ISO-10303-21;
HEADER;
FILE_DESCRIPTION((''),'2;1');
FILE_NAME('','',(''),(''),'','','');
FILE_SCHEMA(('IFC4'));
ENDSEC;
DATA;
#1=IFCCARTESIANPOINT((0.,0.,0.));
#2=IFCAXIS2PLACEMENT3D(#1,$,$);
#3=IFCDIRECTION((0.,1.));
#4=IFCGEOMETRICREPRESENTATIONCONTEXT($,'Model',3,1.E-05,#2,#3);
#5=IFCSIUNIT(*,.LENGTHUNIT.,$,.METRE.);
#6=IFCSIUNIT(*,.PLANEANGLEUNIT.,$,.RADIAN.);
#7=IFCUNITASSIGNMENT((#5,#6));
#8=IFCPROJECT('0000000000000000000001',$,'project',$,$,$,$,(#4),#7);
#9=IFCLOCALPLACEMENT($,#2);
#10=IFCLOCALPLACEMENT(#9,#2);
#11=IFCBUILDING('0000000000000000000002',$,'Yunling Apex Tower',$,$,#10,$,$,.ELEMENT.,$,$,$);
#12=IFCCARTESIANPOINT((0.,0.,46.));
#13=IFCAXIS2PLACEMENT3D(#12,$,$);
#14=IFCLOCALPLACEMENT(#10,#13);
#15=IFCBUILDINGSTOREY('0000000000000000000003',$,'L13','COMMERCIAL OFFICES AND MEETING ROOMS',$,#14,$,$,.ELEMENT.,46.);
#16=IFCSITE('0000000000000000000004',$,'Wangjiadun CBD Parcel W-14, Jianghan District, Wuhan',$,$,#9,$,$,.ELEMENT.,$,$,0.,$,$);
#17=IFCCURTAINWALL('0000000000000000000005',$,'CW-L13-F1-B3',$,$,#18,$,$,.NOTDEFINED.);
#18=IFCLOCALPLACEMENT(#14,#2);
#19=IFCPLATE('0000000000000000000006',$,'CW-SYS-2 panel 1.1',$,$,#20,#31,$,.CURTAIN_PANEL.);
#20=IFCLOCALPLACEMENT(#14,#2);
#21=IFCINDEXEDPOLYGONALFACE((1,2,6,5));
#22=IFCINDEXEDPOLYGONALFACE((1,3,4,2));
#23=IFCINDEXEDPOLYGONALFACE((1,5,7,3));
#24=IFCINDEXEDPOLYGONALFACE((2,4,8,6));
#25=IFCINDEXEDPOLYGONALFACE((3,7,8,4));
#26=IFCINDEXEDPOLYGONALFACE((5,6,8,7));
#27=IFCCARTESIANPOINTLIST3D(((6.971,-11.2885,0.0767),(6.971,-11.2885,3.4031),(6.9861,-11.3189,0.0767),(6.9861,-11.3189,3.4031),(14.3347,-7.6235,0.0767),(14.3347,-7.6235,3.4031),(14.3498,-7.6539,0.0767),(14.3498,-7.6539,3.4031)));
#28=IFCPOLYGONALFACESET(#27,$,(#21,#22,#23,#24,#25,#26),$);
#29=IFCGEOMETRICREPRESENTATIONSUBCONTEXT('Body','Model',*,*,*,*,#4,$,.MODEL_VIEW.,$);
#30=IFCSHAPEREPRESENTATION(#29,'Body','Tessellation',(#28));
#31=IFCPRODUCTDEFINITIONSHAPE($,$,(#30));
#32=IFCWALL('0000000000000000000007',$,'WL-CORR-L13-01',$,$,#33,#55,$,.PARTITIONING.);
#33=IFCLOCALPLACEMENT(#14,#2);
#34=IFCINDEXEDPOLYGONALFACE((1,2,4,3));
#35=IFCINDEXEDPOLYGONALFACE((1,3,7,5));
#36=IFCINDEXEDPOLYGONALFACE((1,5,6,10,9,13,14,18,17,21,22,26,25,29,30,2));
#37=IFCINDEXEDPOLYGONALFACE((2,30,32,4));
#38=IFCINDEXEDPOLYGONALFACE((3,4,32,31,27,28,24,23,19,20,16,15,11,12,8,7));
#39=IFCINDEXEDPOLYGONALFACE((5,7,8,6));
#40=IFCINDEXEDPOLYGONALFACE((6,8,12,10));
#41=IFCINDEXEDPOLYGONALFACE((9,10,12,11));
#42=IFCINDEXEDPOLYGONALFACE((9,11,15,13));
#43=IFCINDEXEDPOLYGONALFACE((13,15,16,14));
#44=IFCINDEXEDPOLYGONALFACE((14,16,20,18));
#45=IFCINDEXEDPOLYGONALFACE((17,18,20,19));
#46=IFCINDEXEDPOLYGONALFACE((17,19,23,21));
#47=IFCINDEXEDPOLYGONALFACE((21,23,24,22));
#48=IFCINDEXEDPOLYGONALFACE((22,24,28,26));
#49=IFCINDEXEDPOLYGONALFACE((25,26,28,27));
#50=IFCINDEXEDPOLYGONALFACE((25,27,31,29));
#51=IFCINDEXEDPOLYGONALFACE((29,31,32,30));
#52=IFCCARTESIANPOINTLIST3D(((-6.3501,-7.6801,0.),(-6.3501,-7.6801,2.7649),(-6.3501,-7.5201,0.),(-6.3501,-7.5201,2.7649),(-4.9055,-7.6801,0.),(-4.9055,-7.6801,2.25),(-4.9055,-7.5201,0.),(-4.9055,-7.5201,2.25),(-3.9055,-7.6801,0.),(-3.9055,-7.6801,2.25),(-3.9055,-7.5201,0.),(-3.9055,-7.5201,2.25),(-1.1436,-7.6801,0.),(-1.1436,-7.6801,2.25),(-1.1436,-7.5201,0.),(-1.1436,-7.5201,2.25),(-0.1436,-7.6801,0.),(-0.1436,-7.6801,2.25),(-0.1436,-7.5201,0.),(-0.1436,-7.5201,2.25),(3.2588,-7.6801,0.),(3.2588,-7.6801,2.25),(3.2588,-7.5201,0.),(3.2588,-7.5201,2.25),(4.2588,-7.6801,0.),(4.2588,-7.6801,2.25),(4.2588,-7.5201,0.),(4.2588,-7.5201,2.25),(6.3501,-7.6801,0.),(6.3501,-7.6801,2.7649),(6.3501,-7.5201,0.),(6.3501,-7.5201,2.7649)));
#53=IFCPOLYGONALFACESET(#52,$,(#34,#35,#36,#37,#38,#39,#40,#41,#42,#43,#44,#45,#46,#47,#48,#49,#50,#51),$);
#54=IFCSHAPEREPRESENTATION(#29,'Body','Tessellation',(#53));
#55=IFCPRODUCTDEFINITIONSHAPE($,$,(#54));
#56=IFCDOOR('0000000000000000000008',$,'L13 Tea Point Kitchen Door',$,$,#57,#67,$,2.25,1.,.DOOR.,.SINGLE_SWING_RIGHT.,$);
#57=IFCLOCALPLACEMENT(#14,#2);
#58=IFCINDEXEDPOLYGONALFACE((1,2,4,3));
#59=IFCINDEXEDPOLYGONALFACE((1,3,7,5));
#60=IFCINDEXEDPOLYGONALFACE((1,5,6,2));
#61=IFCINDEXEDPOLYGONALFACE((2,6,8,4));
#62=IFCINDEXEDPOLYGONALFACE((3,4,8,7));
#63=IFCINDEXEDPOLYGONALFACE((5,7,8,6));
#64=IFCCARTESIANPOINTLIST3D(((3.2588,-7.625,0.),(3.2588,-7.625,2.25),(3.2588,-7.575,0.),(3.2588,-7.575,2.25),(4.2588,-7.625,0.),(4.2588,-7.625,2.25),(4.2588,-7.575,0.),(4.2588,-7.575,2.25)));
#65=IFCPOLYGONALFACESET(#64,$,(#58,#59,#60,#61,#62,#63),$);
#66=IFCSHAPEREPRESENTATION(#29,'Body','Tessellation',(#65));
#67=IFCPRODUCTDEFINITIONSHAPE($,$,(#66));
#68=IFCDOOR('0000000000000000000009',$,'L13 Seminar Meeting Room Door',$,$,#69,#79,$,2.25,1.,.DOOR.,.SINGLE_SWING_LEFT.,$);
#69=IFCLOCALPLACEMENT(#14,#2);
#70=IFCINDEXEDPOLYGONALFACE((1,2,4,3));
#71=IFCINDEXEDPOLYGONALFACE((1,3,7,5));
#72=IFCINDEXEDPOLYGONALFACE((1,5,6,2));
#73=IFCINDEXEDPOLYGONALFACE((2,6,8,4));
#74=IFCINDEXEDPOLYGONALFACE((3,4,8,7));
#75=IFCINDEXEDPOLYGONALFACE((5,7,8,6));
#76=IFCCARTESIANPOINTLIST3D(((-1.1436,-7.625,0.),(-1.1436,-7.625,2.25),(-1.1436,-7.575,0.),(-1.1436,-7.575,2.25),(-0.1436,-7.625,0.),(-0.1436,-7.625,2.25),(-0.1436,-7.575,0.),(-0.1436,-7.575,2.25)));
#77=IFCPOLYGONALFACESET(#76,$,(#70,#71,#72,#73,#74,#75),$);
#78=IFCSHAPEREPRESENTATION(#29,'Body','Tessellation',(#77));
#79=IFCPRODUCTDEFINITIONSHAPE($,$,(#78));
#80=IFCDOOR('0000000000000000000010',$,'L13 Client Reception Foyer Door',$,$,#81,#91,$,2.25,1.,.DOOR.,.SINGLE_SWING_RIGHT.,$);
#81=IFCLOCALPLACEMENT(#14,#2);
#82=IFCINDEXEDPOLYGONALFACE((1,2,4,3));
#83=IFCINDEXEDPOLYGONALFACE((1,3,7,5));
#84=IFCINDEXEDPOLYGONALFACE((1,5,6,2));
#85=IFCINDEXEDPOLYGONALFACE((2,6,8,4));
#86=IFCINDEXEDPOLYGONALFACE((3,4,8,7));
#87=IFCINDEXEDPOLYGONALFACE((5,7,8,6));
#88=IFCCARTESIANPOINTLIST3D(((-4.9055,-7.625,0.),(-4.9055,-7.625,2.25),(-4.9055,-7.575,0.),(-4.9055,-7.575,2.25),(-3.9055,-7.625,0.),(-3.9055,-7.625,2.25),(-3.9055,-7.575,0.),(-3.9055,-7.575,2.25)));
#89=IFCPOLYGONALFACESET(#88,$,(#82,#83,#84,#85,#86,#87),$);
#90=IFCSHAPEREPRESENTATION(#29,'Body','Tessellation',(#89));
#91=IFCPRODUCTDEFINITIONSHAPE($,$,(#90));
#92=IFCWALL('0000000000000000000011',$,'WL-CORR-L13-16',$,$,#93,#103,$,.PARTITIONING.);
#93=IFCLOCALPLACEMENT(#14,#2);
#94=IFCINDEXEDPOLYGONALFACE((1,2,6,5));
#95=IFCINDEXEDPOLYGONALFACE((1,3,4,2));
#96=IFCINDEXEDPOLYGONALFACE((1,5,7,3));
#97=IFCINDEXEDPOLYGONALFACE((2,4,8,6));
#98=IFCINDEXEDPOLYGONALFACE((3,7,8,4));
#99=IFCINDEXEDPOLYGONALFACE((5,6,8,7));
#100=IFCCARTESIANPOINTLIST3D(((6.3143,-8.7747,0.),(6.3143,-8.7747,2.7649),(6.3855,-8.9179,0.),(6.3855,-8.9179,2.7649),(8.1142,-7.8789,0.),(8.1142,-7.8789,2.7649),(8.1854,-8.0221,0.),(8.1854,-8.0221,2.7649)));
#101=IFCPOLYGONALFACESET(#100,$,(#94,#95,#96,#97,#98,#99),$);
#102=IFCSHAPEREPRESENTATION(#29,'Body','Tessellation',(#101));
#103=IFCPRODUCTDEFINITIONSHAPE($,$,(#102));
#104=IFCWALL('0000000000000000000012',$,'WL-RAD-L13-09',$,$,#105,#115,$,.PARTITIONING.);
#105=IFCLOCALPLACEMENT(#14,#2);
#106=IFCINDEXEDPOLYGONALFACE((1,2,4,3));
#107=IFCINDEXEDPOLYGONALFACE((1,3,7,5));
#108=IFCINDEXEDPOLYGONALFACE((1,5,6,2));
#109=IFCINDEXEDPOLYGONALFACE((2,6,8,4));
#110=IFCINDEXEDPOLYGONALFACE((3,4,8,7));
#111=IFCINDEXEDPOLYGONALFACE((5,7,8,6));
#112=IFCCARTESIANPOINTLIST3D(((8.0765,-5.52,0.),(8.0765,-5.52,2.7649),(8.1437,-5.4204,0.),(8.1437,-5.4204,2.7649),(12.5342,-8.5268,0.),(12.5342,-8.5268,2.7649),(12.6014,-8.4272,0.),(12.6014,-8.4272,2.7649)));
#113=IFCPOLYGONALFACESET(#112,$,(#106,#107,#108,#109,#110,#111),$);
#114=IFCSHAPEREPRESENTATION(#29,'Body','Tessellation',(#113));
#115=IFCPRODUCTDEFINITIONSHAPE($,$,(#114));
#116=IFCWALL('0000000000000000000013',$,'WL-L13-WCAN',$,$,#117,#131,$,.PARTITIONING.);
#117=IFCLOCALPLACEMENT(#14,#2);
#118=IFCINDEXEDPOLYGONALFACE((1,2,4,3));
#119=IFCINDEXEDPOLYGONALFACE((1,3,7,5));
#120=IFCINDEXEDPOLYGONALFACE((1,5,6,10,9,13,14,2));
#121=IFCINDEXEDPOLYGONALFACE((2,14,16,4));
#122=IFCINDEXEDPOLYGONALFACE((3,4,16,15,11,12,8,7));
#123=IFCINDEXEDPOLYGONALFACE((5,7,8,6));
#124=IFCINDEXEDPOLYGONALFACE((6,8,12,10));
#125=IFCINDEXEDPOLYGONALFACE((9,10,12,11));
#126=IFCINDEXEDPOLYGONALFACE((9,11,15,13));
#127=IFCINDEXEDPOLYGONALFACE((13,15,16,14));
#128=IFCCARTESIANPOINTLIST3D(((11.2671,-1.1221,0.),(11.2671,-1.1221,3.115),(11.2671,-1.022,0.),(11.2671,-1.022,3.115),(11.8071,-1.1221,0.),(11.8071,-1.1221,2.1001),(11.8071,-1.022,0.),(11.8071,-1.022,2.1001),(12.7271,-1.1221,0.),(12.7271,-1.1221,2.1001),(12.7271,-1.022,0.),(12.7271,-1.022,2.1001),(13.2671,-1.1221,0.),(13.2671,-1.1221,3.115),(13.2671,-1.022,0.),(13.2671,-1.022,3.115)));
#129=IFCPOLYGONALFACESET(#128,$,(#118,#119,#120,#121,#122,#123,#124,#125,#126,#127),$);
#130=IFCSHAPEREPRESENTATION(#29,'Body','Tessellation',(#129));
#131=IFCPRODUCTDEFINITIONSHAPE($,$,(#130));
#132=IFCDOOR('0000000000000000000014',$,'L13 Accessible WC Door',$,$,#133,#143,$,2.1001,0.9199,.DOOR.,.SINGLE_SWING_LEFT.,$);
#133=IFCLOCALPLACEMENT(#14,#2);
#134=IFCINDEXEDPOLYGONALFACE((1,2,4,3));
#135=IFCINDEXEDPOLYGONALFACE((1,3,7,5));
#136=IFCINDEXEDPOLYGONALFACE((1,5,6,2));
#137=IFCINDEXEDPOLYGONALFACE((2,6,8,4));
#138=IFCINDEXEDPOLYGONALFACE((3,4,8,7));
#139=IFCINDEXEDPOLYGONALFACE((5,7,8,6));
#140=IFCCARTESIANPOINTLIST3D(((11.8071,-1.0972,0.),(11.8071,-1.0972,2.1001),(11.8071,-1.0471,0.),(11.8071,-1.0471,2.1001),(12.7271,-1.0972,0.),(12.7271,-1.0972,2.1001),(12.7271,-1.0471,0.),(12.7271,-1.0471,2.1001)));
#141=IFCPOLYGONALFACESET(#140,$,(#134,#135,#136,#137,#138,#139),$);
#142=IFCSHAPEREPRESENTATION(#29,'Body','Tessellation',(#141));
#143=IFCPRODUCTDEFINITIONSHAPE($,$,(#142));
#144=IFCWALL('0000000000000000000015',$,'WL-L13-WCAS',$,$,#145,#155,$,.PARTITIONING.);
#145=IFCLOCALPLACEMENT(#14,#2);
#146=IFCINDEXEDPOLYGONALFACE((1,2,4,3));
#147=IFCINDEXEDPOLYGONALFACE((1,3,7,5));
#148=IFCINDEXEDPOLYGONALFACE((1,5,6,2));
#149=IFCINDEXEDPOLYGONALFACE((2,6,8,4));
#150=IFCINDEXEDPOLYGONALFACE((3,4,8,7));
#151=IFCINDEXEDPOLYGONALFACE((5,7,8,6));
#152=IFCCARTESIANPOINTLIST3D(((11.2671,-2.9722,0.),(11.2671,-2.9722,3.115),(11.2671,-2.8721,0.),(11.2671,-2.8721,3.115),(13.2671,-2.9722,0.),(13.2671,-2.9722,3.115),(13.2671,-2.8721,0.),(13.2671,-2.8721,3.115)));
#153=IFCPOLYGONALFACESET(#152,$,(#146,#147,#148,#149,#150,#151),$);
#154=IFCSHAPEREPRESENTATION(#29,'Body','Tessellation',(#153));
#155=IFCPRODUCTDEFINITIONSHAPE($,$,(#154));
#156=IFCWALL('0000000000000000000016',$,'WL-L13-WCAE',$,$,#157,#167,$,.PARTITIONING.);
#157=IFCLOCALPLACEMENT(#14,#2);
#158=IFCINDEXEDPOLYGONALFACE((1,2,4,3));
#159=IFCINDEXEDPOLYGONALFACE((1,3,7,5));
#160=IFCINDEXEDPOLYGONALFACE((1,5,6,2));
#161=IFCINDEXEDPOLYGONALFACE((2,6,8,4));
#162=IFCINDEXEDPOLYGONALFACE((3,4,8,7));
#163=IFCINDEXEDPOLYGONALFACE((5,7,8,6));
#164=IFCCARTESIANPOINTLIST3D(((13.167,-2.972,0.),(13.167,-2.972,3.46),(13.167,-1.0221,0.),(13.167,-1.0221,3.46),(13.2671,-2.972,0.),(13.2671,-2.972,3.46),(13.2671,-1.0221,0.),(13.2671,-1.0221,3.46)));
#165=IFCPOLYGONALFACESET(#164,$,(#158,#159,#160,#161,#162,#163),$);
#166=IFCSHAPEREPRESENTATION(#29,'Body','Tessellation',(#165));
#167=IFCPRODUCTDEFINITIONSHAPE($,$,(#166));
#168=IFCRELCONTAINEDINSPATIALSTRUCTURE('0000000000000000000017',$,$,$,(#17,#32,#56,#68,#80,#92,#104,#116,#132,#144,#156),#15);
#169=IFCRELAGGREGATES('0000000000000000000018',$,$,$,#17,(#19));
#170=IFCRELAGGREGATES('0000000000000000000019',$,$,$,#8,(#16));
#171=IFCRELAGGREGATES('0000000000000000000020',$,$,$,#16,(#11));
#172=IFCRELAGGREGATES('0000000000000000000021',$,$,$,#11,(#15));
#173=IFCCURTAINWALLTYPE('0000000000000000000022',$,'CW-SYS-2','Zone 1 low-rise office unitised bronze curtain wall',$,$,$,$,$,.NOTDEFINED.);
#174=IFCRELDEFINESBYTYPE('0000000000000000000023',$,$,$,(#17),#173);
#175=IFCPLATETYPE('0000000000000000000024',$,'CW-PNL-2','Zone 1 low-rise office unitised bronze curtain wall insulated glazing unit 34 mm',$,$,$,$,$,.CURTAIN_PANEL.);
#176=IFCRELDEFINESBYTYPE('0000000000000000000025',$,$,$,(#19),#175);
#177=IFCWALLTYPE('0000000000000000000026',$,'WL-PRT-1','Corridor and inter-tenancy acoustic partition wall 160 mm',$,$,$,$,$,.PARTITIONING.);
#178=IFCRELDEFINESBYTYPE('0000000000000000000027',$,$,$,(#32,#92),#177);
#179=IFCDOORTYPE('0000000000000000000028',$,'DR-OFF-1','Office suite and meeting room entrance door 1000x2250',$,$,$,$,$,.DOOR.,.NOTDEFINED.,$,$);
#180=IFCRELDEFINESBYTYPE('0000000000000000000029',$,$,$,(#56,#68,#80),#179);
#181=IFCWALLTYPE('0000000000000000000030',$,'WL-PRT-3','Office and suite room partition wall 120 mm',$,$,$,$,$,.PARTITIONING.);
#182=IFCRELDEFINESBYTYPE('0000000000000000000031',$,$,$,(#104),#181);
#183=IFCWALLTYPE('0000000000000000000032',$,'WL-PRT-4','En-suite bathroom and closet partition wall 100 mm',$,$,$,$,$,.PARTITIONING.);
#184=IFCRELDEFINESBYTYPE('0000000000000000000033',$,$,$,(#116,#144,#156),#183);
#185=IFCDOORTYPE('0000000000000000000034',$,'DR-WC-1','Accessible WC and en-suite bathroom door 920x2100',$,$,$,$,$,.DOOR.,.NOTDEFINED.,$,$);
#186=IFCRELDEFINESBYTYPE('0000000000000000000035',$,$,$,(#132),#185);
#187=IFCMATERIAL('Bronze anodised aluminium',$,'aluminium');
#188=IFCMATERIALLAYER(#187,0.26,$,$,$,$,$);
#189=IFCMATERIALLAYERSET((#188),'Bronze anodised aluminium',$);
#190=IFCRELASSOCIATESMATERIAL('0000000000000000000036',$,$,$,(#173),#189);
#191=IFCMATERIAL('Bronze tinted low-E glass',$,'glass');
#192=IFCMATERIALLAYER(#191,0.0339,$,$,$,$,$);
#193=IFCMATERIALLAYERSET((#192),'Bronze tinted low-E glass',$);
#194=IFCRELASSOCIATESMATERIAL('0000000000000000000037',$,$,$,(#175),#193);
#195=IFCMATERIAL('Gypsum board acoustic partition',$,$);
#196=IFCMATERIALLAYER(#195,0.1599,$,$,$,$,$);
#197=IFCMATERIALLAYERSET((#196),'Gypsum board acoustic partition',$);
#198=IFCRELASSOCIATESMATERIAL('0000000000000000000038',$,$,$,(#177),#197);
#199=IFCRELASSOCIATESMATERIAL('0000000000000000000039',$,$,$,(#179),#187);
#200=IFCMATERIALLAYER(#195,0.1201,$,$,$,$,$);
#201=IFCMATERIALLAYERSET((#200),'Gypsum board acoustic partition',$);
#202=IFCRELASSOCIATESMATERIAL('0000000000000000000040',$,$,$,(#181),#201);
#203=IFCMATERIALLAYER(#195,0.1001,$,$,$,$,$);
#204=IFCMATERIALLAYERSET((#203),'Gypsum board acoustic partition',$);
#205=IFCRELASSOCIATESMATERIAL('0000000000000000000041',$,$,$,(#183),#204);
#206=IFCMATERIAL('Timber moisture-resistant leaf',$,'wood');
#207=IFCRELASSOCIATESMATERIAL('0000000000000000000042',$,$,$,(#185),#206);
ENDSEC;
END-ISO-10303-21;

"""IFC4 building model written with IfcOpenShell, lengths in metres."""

from ifc_helpers import new_model, si_unit, direction, frame, frame_2d, origin, origin_2d, place, context, subcontext, project, spatial, rectangle, extrude, source, transform, mapped, material, layer, layer_set, type_object, element, fill, aggregate, save


model = new_model("IFC4")

# Units and contexts
model_context = context("Model", 3, precision=1e-05, world=origin(), true_north=direction((0.0, 1.0)))
body_context = subcontext(model_context, "Body", "Model", "MODEL_VIEW")
ifc_project = project(units=[si_unit("LENGTHUNIT", "METRE"), si_unit("PLANEANGLEUNIT", "RADIAN")], contexts=[model_context])

# Site, building, storey
site_placement = place(None, origin())
site = spatial("IfcSite", under=ifc_project, at=site_placement, Name="Wangjiadun CBD Parcel W-14, Jianghan District, Wuhan", CompositionType="ELEMENT", RefElevation=0.0)
building_placement = place(site_placement, origin())
building = spatial("IfcBuilding", under=site, at=building_placement, Name="Yunling Apex Tower", CompositionType="ELEMENT")
storey_placement = place(building_placement, frame((0.0, 0.0, 46.0)))
storey = spatial("IfcBuildingStorey", under=building, at=storey_placement, Name="L13", Description="COMMERCIAL OFFICES AND MEETING ROOMS", CompositionType="ELEMENT", Elevation=46.0)

# Curtain wall, plate
ifc_material_1 = material(Name="Bronze anodised aluminium", Category="aluminium")
ifc_layer_1 = layer(ifc_material_1, 0.26)
ifc_layer_set_1 = layer_set([ifc_layer_1], Name="Bronze anodised aluminium")
curtain_wall_type = type_object("IfcCurtainWallType", Name="CW-SYS-2", Description="Zone 1 low-rise office unitised bronze curtain wall", PredefinedType="NOTDEFINED", material=ifc_layer_set_1)
curtain_wall_placement = place(storey_placement, origin())
curtain_wall = element("IfcCurtainWall", 1, at=curtain_wall_placement, inside=storey, type_object=curtain_wall_type, Name="CW-L13-F1-B3", PredefinedType="NOTDEFINED")
ifc_material_2 = material(Name="Bronze tinted low-E glass", Category="glass")
ifc_layer_2 = layer(ifc_material_2, 0.0339)
ifc_layer_set_2 = layer_set([ifc_layer_2], Name="Bronze tinted low-E glass")
plate_type = type_object("IfcPlateType", Name="CW-PNL-2", Description="Zone 1 low-rise office unitised bronze curtain wall insulated glazing unit 34 mm", PredefinedType="CURTAIN_PANEL", material=ifc_layer_set_2)
shared_shape_1 = source(origin(), body_context, "Body", "SweptSolid", [
    extrude(rectangle(XDim=8.2253, YDim=0.0339, at=origin_2d()), origin(), (0.0, 0.0, 1.0), 3.3264),
])
plate_placement = place(storey_placement, frame((10.6604, -9.4712, 0.0767), z_axis=(0.0, 0.0, 1.0), x_axis=(0.895247, 0.445571, 0.0)))
plate = element("IfcPlate", 2, at=plate_placement, type_object=plate_type, Name="CW-SYS-2 panel 1.1", PredefinedType="CURTAIN_PANEL", context=body_context, shape_type="MappedRepresentation", body=[
    mapped(shared_shape_1, transform((0.0, 0.0, 0.0), scale=1.0)),
])
aggregate(curtain_wall, [plate])

# Wall, openings, doors
ifc_material_3 = material(Name="Gypsum board acoustic partition")
ifc_layer_3 = layer(ifc_material_3, 0.1599)
ifc_layer_set_3 = layer_set([ifc_layer_3], Name="Gypsum board acoustic partition")
wall_type_1 = type_object("IfcWallType", Name="WL-PRT-1", Description="Corridor and inter-tenancy acoustic partition wall 160 mm", PredefinedType="PARTITIONING", material=ifc_layer_set_3)
wall_1_placement = place(storey_placement, frame((6.3501, -7.6001, 0.0), z_axis=(0.0, 0.0, 1.0), x_axis=(-1.0, 0.0, 0.0)))
wall_1 = element("IfcWall", 3, at=wall_1_placement, inside=storey, type_object=wall_type_1, Name="WL-CORR-L13-01", PredefinedType="PARTITIONING", context=body_context, shape_type="SweptSolid", body=[
    extrude(rectangle(XDim=12.7002, YDim=0.1599, at=frame_2d((6.3501, 0.0))), origin(), (0.0, 0.0, 1.0), 2.7649),
])
opening_1_placement = place(wall_1_placement, frame((2.0913, 0.0, 0.0)))
opening_1 = element("IfcOpeningElement", 4, at=opening_1_placement, cuts=wall_1, PredefinedType="OPENING", context=body_context, shape_type="SweptSolid", body=[
    extrude(rectangle(XDim=1.0, YDim=2.25, at=frame_2d((0.5, 1.125))), frame((0.0, 0.0898, 0.0), z_axis=(0.0, -1.0, 0.0), x_axis=(1.0, 0.0, 0.0)), (0.0, 0.0, 1.0), 0.1799),
])
opening_2_placement = place(wall_1_placement, frame((6.4937, 0.0, 0.0)))
opening_2 = element("IfcOpeningElement", 5, at=opening_2_placement, cuts=wall_1, PredefinedType="OPENING", context=body_context, shape_type="SweptSolid", body=[
    extrude(rectangle(XDim=1.0, YDim=2.25, at=frame_2d((0.5, 1.125))), frame((0.0, 0.0898, 0.0), z_axis=(0.0, -1.0, 0.0), x_axis=(1.0, 0.0, 0.0)), (0.0, 0.0, 1.0), 0.1799),
])
opening_3_placement = place(wall_1_placement, frame((10.2556, 0.0, 0.0)))
opening_3 = element("IfcOpeningElement", 6, at=opening_3_placement, cuts=wall_1, PredefinedType="OPENING", context=body_context, shape_type="SweptSolid", body=[
    extrude(rectangle(XDim=1.0, YDim=2.25, at=frame_2d((0.5, 1.125))), frame((0.0, 0.0898, 0.0), z_axis=(0.0, -1.0, 0.0), x_axis=(1.0, 0.0, 0.0)), (0.0, 0.0, 1.0), 0.1799),
])
door_type_1 = type_object("IfcDoorType", Name="DR-OFF-1", Description="Office suite and meeting room entrance door 1000x2250", OperationType="NOTDEFINED", PredefinedType="DOOR", material=ifc_material_1)
door_1_placement = place(opening_1_placement, origin())
door_1 = element("IfcDoor", 7, at=door_1_placement, inside=storey, type_object=door_type_1, Name="L13 Tea Point Kitchen Door", OperationType="SINGLE_SWING_RIGHT", OverallHeight=2.25, OverallWidth=1.0, PredefinedType="DOOR", context=body_context, shape_type="SweptSolid", body=[
    extrude(rectangle(XDim=1.0, YDim=2.25, at=frame_2d((0.5, 1.125))), frame((0.0, 0.0249, 0.0), z_axis=(0.0, -1.0, 0.0), x_axis=(1.0, 0.0, 0.0)), (0.0, 0.0, 1.0), 0.05),
])
fill(opening_1, door_1)
door_2_placement = place(opening_2_placement, origin())
door_2 = element("IfcDoor", 8, at=door_2_placement, inside=storey, type_object=door_type_1, Name="L13 Seminar Meeting Room Door", OperationType="SINGLE_SWING_LEFT", OverallHeight=2.25, OverallWidth=1.0, PredefinedType="DOOR", context=body_context, shape_type="SweptSolid", body=[
    extrude(rectangle(XDim=1.0, YDim=2.25, at=frame_2d((0.5, 1.125))), frame((0.0, 0.0249, 0.0), z_axis=(0.0, -1.0, 0.0), x_axis=(1.0, 0.0, 0.0)), (0.0, 0.0, 1.0), 0.05),
])
fill(opening_2, door_2)
door_3_placement = place(opening_3_placement, origin())
door_3 = element("IfcDoor", 9, at=door_3_placement, inside=storey, type_object=door_type_1, Name="L13 Client Reception Foyer Door", OperationType="SINGLE_SWING_RIGHT", OverallHeight=2.25, OverallWidth=1.0, PredefinedType="DOOR", context=body_context, shape_type="SweptSolid", body=[
    extrude(rectangle(XDim=1.0, YDim=2.25, at=frame_2d((0.5, 1.125))), frame((0.0, 0.0249, 0.0), z_axis=(0.0, -1.0, 0.0), x_axis=(1.0, 0.0, 0.0)), (0.0, 0.0, 1.0), 0.05),
])
fill(opening_3, door_3)

# Walls
wall_2_placement = place(storey_placement, frame((8.1499, -7.9504, 0.0), z_axis=(0.0, 0.0, 1.0), x_axis=(-0.895251, -0.445561, 0.0)))
element("IfcWall", 10, at=wall_2_placement, inside=storey, type_object=wall_type_1, Name="WL-CORR-L13-16", PredefinedType="PARTITIONING", context=body_context, shape_type="SweptSolid", body=[
    extrude(rectangle(XDim=2.0105, YDim=0.1599, at=frame_2d((1.0054, 0.0))), origin(), (0.0, 0.0, 1.0), 2.7649),
])
ifc_layer_4 = layer(ifc_material_3, 0.1201)
ifc_layer_set_4 = layer_set([ifc_layer_4], Name="Gypsum board acoustic partition")
wall_type_2 = type_object("IfcWallType", Name="WL-PRT-3", Description="Office and suite room partition wall 120 mm", PredefinedType="PARTITIONING", material=ifc_layer_set_4)
wall_3_placement = place(storey_placement, frame((8.1101, -5.4702, 0.0), z_axis=(0.0, 0.0, 1.0), x_axis=(0.829034, -0.559198, 0.0)))
element("IfcWall", 11, at=wall_3_placement, inside=storey, type_object=wall_type_2, Name="WL-RAD-L13-09", PredefinedType="PARTITIONING", context=body_context, shape_type="SweptSolid", body=[
    extrude(rectangle(XDim=5.377, YDim=0.1201, at=frame_2d((2.6885, 0.0))), origin(), (0.0, 0.0, 1.0), 2.7649),
])

# Wall, opening, door
ifc_layer_5 = layer(ifc_material_3, 0.1001)
ifc_layer_set_5 = layer_set([ifc_layer_5], Name="Gypsum board acoustic partition")
wall_type_3 = type_object("IfcWallType", Name="WL-PRT-4", Description="En-suite bathroom and closet partition wall 100 mm", PredefinedType="PARTITIONING", material=ifc_layer_set_5)
wall_4_placement = place(storey_placement, frame((11.2671, -1.072, 0.0), z_axis=(0.0, 0.0, 1.0), x_axis=(1.0, 0.0, 0.0)))
wall_4 = element("IfcWall", 12, at=wall_4_placement, inside=storey, type_object=wall_type_3, Name="WL-L13-WCAN", PredefinedType="PARTITIONING", context=body_context, shape_type="SweptSolid", body=[
    extrude(rectangle(XDim=2.0, YDim=0.1001, at=frame_2d((1.0, 0.0))), origin(), (0.0, 0.0, 1.0), 3.115),
])
opening_4_placement = place(wall_4_placement, frame((0.54, 0.0, 0.0)))
opening_4 = element("IfcOpeningElement", 13, at=opening_4_placement, cuts=wall_4, PredefinedType="OPENING", context=body_context, shape_type="SweptSolid", body=[
    extrude(rectangle(XDim=0.9199, YDim=2.1001, at=frame_2d((0.46, 1.05))), frame((0.0, 0.0601, 0.0), z_axis=(0.0, -1.0, 0.0), x_axis=(1.0, 0.0, 0.0)), (0.0, 0.0, 1.0), 0.1201),
])
ifc_material_4 = material(Name="Timber moisture-resistant leaf", Category="wood")
door_type_2 = type_object("IfcDoorType", Name="DR-WC-1", Description="Accessible WC and en-suite bathroom door 920x2100", OperationType="NOTDEFINED", PredefinedType="DOOR", material=ifc_material_4)
door_4_placement = place(opening_4_placement, origin())
door_4 = element("IfcDoor", 14, at=door_4_placement, inside=storey, type_object=door_type_2, Name="L13 Accessible WC Door", OperationType="SINGLE_SWING_LEFT", OverallHeight=2.1001, OverallWidth=0.9199, PredefinedType="DOOR", context=body_context, shape_type="SweptSolid", body=[
    extrude(rectangle(XDim=0.9199, YDim=2.1001, at=frame_2d((0.46, 1.05))), frame((0.0, 0.0249, 0.0), z_axis=(0.0, -1.0, 0.0), x_axis=(1.0, 0.0, 0.0)), (0.0, 0.0, 1.0), 0.05),
])
fill(opening_4, door_4)

# Walls
wall_5_placement = place(storey_placement, frame((13.2671, -2.9221, 0.0), z_axis=(0.0, 0.0, 1.0), x_axis=(-1.0, 0.0, 0.0)))
element("IfcWall", 15, at=wall_5_placement, inside=storey, type_object=wall_type_3, Name="WL-L13-WCAS", PredefinedType="PARTITIONING", context=body_context, shape_type="SweptSolid", body=[
    extrude(rectangle(XDim=2.0, YDim=0.1001, at=frame_2d((1.0, 0.0))), origin(), (0.0, 0.0, 1.0), 3.115),
])
for number, where, z_axis, x_axis, name in (
    (16, (13.217, -1.022, 0.0), (0.0, 0.0, 1.0), (0.0, -1.0, 0.0), "WL-L13-WCAE"),
):
    element("IfcWall", number, at=place(storey_placement, frame(where, z_axis=z_axis, x_axis=x_axis)), inside=storey, type_object=wall_type_3, Name=name, PredefinedType="PARTITIONING", context=body_context, shape_type="SweptSolid", body=[
        extrude(rectangle(XDim=1.95, YDim=0.1001, at=frame_2d((0.9751, 0.0))), origin(), (0.0, 0.0, 1.0), 3.46),
    ])

save(model, "model.ifc")
